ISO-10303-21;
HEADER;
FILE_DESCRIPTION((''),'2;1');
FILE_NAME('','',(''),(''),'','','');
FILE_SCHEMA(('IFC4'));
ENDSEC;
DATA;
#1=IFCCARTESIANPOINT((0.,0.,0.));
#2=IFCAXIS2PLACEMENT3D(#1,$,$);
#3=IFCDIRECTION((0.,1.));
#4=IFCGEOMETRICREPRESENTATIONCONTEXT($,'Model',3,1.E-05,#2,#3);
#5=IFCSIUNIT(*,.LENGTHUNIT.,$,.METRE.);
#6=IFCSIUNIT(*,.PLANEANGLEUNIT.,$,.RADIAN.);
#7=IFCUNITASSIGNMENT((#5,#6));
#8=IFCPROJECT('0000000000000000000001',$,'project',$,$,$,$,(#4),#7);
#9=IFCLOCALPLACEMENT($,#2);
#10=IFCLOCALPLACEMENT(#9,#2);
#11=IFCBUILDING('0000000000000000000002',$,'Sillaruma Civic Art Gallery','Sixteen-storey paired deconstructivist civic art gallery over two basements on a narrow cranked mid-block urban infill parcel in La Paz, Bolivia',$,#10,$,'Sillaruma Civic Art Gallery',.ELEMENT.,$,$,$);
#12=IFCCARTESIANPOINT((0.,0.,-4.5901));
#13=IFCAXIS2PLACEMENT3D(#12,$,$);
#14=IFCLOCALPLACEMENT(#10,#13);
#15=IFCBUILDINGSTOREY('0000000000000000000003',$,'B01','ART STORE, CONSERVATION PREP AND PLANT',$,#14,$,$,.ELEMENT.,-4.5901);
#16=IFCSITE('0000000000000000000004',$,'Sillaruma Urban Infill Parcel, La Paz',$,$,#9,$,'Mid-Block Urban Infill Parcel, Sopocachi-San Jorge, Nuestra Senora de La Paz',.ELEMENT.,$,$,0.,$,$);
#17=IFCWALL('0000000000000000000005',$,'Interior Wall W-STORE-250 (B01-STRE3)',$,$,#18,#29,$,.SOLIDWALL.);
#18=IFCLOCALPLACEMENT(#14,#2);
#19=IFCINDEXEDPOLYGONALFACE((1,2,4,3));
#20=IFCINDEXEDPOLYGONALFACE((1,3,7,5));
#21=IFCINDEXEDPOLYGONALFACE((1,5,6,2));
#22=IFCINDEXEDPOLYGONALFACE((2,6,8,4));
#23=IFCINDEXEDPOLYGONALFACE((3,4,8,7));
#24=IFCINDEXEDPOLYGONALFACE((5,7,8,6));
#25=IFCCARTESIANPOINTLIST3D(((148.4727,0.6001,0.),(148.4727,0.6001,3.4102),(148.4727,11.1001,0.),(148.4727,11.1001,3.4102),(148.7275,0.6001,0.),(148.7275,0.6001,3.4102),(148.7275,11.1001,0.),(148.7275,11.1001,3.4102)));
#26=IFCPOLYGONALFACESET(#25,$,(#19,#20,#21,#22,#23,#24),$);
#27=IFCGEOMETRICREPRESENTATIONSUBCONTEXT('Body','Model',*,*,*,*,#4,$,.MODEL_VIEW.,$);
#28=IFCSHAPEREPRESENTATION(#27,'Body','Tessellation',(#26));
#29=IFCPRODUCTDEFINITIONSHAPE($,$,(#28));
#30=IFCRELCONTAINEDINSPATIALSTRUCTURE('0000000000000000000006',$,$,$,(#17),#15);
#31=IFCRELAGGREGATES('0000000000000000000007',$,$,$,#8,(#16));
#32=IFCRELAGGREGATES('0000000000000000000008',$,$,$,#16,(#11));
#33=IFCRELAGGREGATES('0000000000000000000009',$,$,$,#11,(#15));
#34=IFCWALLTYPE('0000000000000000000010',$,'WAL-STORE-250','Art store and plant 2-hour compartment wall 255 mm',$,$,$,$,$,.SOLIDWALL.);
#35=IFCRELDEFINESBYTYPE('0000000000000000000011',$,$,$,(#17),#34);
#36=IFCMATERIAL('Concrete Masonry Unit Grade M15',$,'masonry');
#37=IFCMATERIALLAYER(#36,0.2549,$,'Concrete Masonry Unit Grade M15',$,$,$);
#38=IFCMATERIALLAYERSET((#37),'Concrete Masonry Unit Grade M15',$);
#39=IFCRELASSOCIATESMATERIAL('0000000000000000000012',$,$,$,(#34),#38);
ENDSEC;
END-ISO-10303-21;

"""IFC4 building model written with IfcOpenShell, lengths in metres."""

from ifc_helpers import new_model, si_unit, direction, frame, frame_2d, origin, place, context, subcontext, project, spatial, rectangle, extrude, material, layer, layer_set, type_object, element, save


model = new_model("IFC4")

# Units and contexts
model_context = context("Model", 3, precision=1e-05, world=origin(), true_north=direction((0.0, 1.0)))
body_context = subcontext(model_context, "Body", "Model", "MODEL_VIEW")
ifc_project = project(units=[si_unit("LENGTHUNIT", "METRE"), si_unit("PLANEANGLEUNIT", "RADIAN")], contexts=[model_context])

# Site, building, storey
site_placement = place(None, origin())
site = spatial("IfcSite", under=ifc_project, at=site_placement, Name="Sillaruma Urban Infill Parcel, La Paz", LongName="Mid-Block Urban Infill Parcel, Sopocachi-San Jorge, Nuestra Senora de La Paz", CompositionType="ELEMENT", RefElevation=0.0)
building_placement = place(site_placement, origin())
building = spatial("IfcBuilding", under=site, at=building_placement, Name="Sillaruma Civic Art Gallery", Description="Sixteen-storey paired deconstructivist civic art gallery over two basements on a narrow cranked mid-block urban infill parcel in La Paz, Bolivia", LongName="Sillaruma Civic Art Gallery", CompositionType="ELEMENT")
storey_placement = place(building_placement, frame((0.0, 0.0, -4.5901)))
storey = spatial("IfcBuildingStorey", under=building, at=storey_placement, Name="B01", Description="ART STORE, CONSERVATION PREP AND PLANT", CompositionType="ELEMENT", Elevation=-4.5901)

# Wall
ifc_material_1 = material(Name="Concrete Masonry Unit Grade M15", Category="masonry")
ifc_layer_1 = layer(ifc_material_1, 0.2549, Name="Concrete Masonry Unit Grade M15")
ifc_layer_set_1 = layer_set([ifc_layer_1], Name="Concrete Masonry Unit Grade M15")
wall_type_1 = type_object("IfcWallType", Name="WAL-STORE-250", Description="Art store and plant 2-hour compartment wall 255 mm", PredefinedType="SOLIDWALL", material=ifc_layer_set_1)
wall_1_placement = place(storey_placement, frame((148.6001, 0.6001, 0.0), z_axis=(0.0, 0.0, 1.0), x_axis=(0.0, 1.0, 0.0)))
element("IfcWall", 1, at=wall_1_placement, inside=storey, type_object=wall_type_1, Name="Interior Wall W-STORE-250 (B01-STRE3)", PredefinedType="SOLIDWALL", context=body_context, shape_type="SweptSolid", body=[
    extrude(rectangle(XDim=10.5, YDim=0.2549, at=frame_2d((5.25, 0.0))), origin(), (0.0, 0.0, 1.0), 3.4102),
])

save(model, "model.ifc")
